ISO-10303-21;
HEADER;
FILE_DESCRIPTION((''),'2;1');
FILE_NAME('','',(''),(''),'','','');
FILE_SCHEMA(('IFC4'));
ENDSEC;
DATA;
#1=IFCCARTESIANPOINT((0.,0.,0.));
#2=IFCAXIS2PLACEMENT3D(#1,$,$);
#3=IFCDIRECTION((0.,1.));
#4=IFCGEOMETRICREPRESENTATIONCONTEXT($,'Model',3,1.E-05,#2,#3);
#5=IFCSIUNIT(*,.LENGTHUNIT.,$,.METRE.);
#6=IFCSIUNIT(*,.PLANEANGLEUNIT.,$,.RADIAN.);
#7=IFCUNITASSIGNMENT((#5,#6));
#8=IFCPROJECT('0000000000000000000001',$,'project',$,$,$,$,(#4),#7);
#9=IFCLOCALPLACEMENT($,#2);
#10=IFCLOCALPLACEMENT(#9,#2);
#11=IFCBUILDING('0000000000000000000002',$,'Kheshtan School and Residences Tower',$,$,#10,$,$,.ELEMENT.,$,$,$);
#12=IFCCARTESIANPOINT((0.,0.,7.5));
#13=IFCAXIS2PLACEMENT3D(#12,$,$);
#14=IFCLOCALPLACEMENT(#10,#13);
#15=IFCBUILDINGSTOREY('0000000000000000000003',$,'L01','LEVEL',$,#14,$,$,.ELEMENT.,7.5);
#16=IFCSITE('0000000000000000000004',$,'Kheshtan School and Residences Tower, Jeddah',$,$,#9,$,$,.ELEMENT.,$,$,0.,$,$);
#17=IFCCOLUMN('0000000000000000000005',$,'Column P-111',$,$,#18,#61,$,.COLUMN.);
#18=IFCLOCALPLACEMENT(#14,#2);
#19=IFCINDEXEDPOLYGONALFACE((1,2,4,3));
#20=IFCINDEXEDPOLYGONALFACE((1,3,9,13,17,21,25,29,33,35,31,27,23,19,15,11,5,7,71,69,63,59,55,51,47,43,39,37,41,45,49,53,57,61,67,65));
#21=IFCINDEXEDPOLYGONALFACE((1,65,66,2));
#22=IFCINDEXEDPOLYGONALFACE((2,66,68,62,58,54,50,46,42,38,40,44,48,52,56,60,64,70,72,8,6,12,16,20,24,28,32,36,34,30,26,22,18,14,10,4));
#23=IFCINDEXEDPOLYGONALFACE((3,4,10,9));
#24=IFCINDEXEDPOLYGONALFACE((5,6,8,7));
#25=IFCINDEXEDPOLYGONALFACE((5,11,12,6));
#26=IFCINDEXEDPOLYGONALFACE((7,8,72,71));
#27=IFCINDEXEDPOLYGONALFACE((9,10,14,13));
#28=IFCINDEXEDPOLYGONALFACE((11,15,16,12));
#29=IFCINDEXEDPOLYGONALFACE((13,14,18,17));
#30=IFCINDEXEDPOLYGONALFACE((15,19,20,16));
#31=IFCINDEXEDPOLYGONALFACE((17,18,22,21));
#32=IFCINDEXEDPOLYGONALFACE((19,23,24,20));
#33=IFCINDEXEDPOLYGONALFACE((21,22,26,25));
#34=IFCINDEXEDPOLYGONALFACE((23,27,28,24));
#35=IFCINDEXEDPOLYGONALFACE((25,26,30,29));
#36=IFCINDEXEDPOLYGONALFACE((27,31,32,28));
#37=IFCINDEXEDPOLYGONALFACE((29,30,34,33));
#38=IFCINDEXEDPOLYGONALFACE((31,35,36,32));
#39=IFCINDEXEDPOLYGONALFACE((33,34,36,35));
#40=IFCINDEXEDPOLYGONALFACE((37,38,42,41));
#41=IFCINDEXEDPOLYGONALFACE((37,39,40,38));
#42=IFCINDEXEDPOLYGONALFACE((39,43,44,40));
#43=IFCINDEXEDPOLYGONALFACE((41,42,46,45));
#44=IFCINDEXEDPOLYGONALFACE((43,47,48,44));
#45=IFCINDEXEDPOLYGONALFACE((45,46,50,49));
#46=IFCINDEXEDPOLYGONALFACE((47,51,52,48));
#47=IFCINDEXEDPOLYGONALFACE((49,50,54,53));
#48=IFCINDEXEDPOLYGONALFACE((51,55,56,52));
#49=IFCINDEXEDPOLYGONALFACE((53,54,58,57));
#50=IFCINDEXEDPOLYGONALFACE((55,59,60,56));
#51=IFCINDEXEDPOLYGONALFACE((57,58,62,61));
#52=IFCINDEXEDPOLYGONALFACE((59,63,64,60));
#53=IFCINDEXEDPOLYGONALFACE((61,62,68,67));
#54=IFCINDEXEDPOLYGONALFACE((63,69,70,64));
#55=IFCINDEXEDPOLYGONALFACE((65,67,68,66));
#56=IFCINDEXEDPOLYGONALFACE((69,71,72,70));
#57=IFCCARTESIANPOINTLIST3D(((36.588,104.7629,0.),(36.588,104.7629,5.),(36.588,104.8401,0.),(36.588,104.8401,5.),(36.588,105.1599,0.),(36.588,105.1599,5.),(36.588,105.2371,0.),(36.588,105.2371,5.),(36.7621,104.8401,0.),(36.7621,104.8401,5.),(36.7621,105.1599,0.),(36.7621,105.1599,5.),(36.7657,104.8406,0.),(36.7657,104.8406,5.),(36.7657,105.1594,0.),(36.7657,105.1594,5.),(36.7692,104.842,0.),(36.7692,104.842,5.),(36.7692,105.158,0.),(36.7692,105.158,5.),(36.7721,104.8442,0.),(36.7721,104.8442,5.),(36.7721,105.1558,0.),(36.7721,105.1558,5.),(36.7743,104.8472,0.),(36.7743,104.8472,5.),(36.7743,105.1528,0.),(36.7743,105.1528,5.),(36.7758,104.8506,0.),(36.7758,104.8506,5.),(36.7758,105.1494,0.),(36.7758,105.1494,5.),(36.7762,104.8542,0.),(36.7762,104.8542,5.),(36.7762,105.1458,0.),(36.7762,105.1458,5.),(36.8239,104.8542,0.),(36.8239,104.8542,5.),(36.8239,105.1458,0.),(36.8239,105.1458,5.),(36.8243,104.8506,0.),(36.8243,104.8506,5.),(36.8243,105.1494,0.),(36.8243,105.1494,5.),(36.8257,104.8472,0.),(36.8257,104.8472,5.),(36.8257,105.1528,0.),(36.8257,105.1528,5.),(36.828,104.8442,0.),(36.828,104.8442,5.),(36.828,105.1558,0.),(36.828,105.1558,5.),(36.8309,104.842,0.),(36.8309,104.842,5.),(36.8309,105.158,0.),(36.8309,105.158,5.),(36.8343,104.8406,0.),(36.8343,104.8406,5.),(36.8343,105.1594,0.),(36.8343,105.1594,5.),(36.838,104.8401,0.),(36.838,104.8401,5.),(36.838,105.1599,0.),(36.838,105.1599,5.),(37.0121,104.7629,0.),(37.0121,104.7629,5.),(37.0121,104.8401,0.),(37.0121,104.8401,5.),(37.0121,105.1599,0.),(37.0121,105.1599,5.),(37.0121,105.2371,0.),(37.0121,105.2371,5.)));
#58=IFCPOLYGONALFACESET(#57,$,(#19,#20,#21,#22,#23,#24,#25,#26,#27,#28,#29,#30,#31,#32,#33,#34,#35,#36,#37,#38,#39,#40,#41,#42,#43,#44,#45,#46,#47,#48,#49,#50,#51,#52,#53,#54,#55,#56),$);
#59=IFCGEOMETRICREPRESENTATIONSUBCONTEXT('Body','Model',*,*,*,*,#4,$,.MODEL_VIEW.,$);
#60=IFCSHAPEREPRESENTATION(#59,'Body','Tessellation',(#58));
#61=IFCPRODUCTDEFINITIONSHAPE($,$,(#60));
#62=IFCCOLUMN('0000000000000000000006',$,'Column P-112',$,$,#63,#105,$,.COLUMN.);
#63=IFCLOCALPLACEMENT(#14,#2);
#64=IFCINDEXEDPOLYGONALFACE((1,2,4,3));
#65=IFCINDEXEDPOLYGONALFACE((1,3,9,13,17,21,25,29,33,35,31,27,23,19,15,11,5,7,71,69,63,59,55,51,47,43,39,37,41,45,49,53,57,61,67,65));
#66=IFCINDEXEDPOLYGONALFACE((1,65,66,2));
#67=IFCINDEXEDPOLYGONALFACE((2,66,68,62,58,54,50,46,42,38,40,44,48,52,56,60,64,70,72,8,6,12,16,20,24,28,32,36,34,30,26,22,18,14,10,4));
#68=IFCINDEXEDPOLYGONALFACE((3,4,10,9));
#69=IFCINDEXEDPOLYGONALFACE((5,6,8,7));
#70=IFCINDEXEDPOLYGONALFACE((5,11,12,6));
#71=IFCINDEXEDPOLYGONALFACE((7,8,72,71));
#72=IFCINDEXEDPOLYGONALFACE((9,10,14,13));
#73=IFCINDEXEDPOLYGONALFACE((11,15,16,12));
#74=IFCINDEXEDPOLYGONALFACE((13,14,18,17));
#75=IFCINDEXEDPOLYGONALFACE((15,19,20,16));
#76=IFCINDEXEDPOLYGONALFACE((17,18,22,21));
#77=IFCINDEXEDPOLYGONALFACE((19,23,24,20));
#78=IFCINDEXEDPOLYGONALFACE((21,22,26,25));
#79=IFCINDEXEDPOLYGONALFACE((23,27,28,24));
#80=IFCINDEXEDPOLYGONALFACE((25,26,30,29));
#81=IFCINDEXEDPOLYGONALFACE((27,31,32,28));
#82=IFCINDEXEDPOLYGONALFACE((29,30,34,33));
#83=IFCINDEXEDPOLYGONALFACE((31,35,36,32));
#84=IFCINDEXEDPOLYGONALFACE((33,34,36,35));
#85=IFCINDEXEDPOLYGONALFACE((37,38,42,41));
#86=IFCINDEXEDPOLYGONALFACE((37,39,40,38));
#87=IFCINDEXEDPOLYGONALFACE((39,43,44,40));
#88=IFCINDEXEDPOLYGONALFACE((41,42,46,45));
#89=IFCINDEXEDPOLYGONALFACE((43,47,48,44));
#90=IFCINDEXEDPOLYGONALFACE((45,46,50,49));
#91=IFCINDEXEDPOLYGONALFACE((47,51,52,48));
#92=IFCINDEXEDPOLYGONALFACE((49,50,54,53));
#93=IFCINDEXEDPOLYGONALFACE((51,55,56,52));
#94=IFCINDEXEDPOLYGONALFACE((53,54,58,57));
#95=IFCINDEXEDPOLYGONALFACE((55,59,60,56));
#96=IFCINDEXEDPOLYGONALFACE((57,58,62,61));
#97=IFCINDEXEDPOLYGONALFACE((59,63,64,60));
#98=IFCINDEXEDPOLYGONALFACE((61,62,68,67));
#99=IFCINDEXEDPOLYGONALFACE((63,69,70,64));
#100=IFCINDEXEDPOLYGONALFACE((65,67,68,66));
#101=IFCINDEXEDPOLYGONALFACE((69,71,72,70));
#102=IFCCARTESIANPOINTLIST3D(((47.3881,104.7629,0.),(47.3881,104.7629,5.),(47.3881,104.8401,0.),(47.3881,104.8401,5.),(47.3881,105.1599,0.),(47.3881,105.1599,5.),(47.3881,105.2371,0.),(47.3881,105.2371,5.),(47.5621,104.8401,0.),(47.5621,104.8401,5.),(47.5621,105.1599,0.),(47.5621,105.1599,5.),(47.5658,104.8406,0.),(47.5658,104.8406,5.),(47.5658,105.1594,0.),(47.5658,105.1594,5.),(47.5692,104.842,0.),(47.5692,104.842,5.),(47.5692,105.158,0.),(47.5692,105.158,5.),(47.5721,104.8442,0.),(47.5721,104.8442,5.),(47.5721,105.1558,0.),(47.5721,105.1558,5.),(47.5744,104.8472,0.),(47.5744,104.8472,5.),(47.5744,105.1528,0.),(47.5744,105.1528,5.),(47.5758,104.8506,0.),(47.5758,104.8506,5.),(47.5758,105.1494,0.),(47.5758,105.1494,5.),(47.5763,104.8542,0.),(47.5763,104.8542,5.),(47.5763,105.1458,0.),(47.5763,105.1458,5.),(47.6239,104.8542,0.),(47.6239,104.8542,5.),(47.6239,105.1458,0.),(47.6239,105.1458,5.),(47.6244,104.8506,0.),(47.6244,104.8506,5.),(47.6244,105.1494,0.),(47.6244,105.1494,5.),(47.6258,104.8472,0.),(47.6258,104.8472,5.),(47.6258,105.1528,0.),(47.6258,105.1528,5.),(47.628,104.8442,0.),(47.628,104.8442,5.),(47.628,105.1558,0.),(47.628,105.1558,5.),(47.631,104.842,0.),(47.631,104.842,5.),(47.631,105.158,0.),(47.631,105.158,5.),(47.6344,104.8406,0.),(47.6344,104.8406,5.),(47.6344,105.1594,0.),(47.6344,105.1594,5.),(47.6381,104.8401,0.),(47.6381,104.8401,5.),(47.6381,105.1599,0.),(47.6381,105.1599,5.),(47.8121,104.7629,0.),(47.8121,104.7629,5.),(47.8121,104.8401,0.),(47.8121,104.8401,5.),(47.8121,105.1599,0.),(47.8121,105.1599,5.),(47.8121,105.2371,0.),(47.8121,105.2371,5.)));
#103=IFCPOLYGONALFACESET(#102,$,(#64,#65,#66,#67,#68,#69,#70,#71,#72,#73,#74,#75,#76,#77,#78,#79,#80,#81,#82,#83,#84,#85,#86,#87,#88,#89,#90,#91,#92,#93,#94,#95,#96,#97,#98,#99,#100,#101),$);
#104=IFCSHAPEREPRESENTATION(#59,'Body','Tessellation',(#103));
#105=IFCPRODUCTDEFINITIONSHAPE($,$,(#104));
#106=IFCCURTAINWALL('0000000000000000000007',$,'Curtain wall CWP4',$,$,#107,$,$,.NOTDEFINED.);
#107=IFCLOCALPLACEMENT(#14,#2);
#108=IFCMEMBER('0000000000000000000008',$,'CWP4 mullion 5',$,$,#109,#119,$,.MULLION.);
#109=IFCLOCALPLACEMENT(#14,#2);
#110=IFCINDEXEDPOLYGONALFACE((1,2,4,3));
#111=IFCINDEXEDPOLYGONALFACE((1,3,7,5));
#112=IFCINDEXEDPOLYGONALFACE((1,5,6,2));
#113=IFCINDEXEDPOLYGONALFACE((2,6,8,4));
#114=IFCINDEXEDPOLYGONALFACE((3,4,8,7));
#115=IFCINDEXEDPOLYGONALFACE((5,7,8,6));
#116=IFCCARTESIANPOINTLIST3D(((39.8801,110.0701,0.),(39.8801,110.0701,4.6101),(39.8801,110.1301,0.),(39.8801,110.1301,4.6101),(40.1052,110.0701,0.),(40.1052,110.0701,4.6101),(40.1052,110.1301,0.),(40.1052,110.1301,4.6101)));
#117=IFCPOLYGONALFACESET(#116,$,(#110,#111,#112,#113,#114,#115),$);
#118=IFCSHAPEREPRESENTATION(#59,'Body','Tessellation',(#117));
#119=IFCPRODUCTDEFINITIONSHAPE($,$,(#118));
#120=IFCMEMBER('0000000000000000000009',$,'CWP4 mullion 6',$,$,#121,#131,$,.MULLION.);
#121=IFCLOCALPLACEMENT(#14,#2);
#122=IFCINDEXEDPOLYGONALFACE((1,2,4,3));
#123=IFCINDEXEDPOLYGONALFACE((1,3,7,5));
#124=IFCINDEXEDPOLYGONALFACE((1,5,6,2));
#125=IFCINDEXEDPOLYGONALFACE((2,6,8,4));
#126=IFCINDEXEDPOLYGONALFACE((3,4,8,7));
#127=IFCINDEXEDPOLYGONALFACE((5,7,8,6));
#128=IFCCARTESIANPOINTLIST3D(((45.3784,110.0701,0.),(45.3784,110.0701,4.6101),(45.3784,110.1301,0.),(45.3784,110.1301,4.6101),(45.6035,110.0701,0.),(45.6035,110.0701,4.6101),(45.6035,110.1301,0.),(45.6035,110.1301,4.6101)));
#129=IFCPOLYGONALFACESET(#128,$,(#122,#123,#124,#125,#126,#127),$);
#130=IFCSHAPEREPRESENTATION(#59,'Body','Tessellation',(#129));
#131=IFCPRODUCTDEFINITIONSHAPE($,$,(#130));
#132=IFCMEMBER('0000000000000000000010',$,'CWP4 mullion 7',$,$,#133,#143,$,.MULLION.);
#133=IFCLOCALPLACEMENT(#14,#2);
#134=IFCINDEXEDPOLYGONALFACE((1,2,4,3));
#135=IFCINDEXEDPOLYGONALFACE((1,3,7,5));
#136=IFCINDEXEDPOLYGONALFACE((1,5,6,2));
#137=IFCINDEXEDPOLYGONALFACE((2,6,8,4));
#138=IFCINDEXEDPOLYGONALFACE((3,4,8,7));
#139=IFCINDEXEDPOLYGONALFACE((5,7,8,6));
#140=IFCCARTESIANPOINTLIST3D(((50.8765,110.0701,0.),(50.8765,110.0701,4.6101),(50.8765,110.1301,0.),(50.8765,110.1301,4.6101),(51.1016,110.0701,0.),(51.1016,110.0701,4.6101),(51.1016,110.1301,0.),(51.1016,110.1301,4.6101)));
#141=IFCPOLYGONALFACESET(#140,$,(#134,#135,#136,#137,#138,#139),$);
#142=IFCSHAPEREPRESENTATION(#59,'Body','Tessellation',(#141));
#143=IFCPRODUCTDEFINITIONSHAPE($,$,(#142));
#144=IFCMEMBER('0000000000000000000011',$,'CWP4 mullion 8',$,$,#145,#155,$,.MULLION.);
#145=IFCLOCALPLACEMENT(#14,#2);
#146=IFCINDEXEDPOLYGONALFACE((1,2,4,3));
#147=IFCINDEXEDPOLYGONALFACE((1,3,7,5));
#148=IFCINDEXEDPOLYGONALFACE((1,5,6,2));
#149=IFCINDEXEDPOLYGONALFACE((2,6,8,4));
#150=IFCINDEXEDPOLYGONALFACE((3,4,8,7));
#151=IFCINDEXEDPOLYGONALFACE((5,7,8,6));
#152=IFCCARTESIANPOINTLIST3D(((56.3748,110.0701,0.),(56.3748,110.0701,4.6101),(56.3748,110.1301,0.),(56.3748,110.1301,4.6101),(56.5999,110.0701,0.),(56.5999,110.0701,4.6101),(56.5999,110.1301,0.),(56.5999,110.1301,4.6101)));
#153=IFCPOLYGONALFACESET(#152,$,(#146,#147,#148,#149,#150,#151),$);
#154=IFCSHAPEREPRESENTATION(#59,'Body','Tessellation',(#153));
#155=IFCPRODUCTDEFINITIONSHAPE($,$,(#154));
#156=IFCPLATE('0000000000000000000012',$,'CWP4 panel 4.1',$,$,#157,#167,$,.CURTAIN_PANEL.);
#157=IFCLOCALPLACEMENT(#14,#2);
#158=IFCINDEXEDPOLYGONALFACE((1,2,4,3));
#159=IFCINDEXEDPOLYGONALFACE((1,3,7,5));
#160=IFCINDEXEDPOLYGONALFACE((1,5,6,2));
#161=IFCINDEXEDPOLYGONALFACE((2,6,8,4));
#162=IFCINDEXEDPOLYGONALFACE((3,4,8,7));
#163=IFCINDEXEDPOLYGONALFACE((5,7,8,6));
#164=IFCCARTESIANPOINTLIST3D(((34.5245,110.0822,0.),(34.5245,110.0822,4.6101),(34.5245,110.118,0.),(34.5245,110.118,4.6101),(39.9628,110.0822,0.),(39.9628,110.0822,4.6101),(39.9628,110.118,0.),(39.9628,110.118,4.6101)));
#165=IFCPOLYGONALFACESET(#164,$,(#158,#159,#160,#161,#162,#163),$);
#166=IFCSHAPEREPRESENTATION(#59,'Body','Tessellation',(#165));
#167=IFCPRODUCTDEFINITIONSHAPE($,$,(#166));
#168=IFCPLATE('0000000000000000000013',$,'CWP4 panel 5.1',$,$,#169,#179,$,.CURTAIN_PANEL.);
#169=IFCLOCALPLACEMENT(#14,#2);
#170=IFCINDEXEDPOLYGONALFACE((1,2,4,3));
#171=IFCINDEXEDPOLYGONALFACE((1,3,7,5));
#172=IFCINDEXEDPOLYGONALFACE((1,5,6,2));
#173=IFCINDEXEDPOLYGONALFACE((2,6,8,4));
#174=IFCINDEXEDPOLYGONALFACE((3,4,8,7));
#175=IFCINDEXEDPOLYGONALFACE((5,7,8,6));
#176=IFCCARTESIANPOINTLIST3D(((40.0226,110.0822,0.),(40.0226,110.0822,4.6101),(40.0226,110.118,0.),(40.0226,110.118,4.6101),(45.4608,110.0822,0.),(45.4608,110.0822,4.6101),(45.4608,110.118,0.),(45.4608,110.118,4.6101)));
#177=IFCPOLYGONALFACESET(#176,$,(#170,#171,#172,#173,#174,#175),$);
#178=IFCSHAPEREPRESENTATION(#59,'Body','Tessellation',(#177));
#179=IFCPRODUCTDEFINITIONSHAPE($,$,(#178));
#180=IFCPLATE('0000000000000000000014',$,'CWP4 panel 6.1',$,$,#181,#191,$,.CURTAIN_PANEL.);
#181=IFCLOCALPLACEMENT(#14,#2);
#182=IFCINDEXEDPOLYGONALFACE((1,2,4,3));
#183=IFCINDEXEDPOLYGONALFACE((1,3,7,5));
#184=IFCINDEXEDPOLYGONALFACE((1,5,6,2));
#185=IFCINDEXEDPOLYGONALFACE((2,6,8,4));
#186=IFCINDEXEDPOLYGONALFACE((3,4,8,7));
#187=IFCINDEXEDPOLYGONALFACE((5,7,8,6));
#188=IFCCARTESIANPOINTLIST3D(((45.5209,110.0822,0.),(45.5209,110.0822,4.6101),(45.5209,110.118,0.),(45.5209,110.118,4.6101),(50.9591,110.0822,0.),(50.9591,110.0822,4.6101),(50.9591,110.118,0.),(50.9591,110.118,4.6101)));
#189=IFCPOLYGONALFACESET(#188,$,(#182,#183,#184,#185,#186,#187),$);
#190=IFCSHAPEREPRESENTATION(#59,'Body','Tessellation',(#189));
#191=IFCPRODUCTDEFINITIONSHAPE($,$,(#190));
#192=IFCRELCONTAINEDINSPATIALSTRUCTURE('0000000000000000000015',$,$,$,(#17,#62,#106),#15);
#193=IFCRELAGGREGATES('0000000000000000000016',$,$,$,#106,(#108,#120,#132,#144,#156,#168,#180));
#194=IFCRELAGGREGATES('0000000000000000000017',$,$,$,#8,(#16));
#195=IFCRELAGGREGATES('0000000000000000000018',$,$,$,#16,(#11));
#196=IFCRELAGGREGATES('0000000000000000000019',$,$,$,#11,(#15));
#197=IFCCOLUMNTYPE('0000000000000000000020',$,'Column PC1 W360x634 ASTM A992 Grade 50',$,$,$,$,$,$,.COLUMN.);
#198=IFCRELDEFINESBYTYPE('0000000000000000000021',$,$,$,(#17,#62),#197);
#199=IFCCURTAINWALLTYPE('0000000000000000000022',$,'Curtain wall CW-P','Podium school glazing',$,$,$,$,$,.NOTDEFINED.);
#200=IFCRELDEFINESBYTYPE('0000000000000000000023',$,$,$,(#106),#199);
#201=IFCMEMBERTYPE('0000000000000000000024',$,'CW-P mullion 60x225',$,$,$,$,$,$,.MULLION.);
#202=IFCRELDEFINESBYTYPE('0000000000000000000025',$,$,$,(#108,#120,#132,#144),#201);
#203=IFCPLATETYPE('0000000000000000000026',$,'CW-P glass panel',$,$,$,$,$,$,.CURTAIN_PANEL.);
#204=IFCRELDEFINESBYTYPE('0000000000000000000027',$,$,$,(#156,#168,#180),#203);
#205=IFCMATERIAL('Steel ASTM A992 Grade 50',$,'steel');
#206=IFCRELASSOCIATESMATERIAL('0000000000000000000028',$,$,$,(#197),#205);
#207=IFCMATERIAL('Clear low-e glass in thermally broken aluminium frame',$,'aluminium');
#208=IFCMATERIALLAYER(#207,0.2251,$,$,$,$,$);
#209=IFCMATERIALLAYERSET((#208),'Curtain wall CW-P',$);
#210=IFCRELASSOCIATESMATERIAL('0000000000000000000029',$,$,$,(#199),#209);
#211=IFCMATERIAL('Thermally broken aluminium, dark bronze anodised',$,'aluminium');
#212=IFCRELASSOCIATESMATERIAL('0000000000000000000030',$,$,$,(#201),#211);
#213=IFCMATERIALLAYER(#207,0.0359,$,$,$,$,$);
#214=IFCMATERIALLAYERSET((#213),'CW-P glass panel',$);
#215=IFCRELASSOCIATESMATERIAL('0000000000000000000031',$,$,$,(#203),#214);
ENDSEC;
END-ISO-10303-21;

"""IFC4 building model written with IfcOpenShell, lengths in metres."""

from ifc_helpers import new_model, si_unit, direction, frame, origin, origin_2d, place, context, subcontext, project, spatial, rectangle, i_section, extrude, material, layer, layer_set, material_profile, profile_set, type_object, element, aggregate, save


model = new_model("IFC4")

# Units and contexts
model_context = context("Model", 3, precision=1e-05, world=origin(), true_north=direction((0.0, 1.0)))
body_context = subcontext(model_context, "Body", "Model", "MODEL_VIEW")
ifc_project = project(units=[si_unit("LENGTHUNIT", "METRE"), si_unit("PLANEANGLEUNIT", "RADIAN")], contexts=[model_context])

# Site, building, storey
site_placement = place(None, origin())
site = spatial("IfcSite", under=ifc_project, at=site_placement, Name="Kheshtan School and Residences Tower, Jeddah", CompositionType="ELEMENT", RefElevation=0.0)
building_placement = place(site_placement, origin())
building = spatial("IfcBuilding", under=site, at=building_placement, Name="Kheshtan School and Residences Tower", CompositionType="ELEMENT")
storey_placement = place(building_placement, frame((0.0, 0.0, 7.5)))
storey = spatial("IfcBuildingStorey", under=building, at=storey_placement, Name="L01", Description="LEVEL", CompositionType="ELEMENT", Elevation=7.5)

# Columns
ifc_material_1 = material(Name="Steel ASTM A992 Grade 50", Category="steel")
ifc_material_profile_1 = material_profile(ifc_material_1, i_section(OverallWidth=0.4241, OverallDepth=0.4741, WebThickness=0.0476, FlangeThickness=0.0771, FilletRadius=0.0142, at=origin_2d()), Name="W360x634")
ifc_profile_set_1 = profile_set([ifc_material_profile_1], Name="Steel ASTM A992 Grade 50")
column_type = type_object("IfcColumnType", Name="Column PC1 W360x634 ASTM A992 Grade 50", PredefinedType="COLUMN", material=ifc_profile_set_1)
for number, where, z_axis, x_axis, name in (
    (1, (36.8, 105.0, 0.0), (0.0, 0.0, 1.0), (1.0, 0.0, 0.0), "Column P-111"),
    (2, (47.6001, 105.0, 0.0), (0.0, 0.0, 1.0), (1.0, 0.0, 0.0), "Column P-112"),
):
    element("IfcColumn", number, at=place(storey_placement, frame(where, z_axis=z_axis, x_axis=x_axis)), inside=storey, type_object=column_type, Name=name, PredefinedType="COLUMN", context=body_context, shape_type="SweptSolid", body=[
        extrude(i_section(OverallWidth=0.4241, OverallDepth=0.4741, WebThickness=0.0476, FlangeThickness=0.0771, FilletRadius=0.0142, at=origin_2d()), origin(), (0.0, 0.0, 1.0), 5.0),
    ])

# Curtain wall, members, plates
ifc_material_2 = material(Name="Clear low-e glass in thermally broken aluminium frame", Category="aluminium")
ifc_layer_1 = layer(ifc_material_2, 0.2251)
ifc_layer_set_1 = layer_set([ifc_layer_1], Name="Curtain wall CW-P")
curtain_wall_type = type_object("IfcCurtainWallType", Name="Curtain wall CW-P", Description="Podium school glazing", PredefinedType="NOTDEFINED", material=ifc_layer_set_1)
curtain_wall_placement = place(storey_placement, origin())
curtain_wall = element("IfcCurtainWall", 3, at=curtain_wall_placement, inside=storey, type_object=curtain_wall_type, Name="Curtain wall CWP4", PredefinedType="NOTDEFINED")
ifc_material_3 = material(Name="Thermally broken aluminium, dark bronze anodised", Category="aluminium")
ifc_material_profile_2 = material_profile(ifc_material_3, rectangle(XDim=0.0601, YDim=0.2251, at=origin_2d()), Name="CW-P mullion 60x225")
ifc_profile_set_2 = profile_set([ifc_material_profile_2], Name="Thermally broken aluminium, dark bronze anodised")
member_type = type_object("IfcMemberType", Name="CW-P mullion 60x225", PredefinedType="MULLION", material=ifc_profile_set_2)
member_1_placement = place(storey_placement, frame((39.9927, 110.1001, 0.0), z_axis=(0.0, 0.0, 1.0), x_axis=(0.0, 1.0, 0.0)))
member_1 = element("IfcMember", 4, at=member_1_placement, type_object=member_type, Name="CWP4 mullion 5", PredefinedType="MULLION", context=body_context, shape_type="SweptSolid", body=[
    extrude(rectangle(XDim=0.0601, YDim=0.2251, at=origin_2d()), origin(), (0.0, 0.0, 1.0), 4.6101),
])
member_2_placement = place(storey_placement, frame((45.491, 110.1001, 0.0), z_axis=(0.0, 0.0, 1.0), x_axis=(0.0, 1.0, 0.0)))
member_2 = element("IfcMember", 5, at=member_2_placement, type_object=member_type, Name="CWP4 mullion 6", PredefinedType="MULLION", context=body_context, shape_type="SweptSolid", body=[
    extrude(rectangle(XDim=0.0601, YDim=0.2251, at=origin_2d()), origin(), (0.0, 0.0, 1.0), 4.6101),
])
member_3_placement = place(storey_placement, frame((50.989, 110.1001, 0.0), z_axis=(0.0, 0.0, 1.0), x_axis=(0.0, 1.0, 0.0)))
member_3 = element("IfcMember", 6, at=member_3_placement, type_object=member_type, Name="CWP4 mullion 7", PredefinedType="MULLION", context=body_context, shape_type="SweptSolid", body=[
    extrude(rectangle(XDim=0.0601, YDim=0.2251, at=origin_2d()), origin(), (0.0, 0.0, 1.0), 4.6101),
])
member_4_placement = place(storey_placement, frame((56.4873, 110.1001, 0.0), z_axis=(0.0, 0.0, 1.0), x_axis=(0.0, 1.0, 0.0)))
member_4 = element("IfcMember", 7, at=member_4_placement, type_object=member_type, Name="CWP4 mullion 8", PredefinedType="MULLION", context=body_context, shape_type="SweptSolid", body=[
    extrude(rectangle(XDim=0.0601, YDim=0.2251, at=origin_2d()), origin(), (0.0, 0.0, 1.0), 4.6101),
])
ifc_layer_2 = layer(ifc_material_2, 0.0359)
ifc_layer_set_2 = layer_set([ifc_layer_2], Name="CW-P glass panel")
plate_type = type_object("IfcPlateType", Name="CW-P glass panel", PredefinedType="CURTAIN_PANEL", material=ifc_layer_set_2)
plate_1_placement = place(storey_placement, frame((37.2437, 110.1001, 0.0), z_axis=(0.0, 0.0, 1.0), x_axis=(1.0, 0.0, 0.0)))
plate_1 = element("IfcPlate", 8, at=plate_1_placement, type_object=plate_type, Name="CWP4 panel 4.1", PredefinedType="CURTAIN_PANEL", context=body_context, shape_type="SweptSolid", body=[
    extrude(rectangle(XDim=5.4382, YDim=0.0359, at=origin_2d()), origin(), (0.0, 0.0, 1.0), 4.6101),
])
plate_2_placement = place(storey_placement, frame((42.7417, 110.1001, 0.0), z_axis=(0.0, 0.0, 1.0), x_axis=(1.0, 0.0, 0.0)))
plate_2 = element("IfcPlate", 9, at=plate_2_placement, type_object=plate_type, Name="CWP4 panel 5.1", PredefinedType="CURTAIN_PANEL", context=body_context, shape_type="SweptSolid", body=[
    extrude(rectangle(XDim=5.4382, YDim=0.0359, at=origin_2d()), origin(), (0.0, 0.0, 1.0), 4.6101),
])
plate_3_placement = place(storey_placement, frame((48.24, 110.1001, 0.0), z_axis=(0.0, 0.0, 1.0), x_axis=(1.0, 0.0, 0.0)))
plate_3 = element("IfcPlate", 10, at=plate_3_placement, type_object=plate_type, Name="CWP4 panel 6.1", PredefinedType="CURTAIN_PANEL", context=body_context, shape_type="SweptSolid", body=[
    extrude(rectangle(XDim=5.4382, YDim=0.0359, at=origin_2d()), origin(), (0.0, 0.0, 1.0), 4.6101),
])
aggregate(curtain_wall, [member_1, member_2, member_3, member_4, plate_1, plate_2, plate_3])

save(model, "model.ifc")
